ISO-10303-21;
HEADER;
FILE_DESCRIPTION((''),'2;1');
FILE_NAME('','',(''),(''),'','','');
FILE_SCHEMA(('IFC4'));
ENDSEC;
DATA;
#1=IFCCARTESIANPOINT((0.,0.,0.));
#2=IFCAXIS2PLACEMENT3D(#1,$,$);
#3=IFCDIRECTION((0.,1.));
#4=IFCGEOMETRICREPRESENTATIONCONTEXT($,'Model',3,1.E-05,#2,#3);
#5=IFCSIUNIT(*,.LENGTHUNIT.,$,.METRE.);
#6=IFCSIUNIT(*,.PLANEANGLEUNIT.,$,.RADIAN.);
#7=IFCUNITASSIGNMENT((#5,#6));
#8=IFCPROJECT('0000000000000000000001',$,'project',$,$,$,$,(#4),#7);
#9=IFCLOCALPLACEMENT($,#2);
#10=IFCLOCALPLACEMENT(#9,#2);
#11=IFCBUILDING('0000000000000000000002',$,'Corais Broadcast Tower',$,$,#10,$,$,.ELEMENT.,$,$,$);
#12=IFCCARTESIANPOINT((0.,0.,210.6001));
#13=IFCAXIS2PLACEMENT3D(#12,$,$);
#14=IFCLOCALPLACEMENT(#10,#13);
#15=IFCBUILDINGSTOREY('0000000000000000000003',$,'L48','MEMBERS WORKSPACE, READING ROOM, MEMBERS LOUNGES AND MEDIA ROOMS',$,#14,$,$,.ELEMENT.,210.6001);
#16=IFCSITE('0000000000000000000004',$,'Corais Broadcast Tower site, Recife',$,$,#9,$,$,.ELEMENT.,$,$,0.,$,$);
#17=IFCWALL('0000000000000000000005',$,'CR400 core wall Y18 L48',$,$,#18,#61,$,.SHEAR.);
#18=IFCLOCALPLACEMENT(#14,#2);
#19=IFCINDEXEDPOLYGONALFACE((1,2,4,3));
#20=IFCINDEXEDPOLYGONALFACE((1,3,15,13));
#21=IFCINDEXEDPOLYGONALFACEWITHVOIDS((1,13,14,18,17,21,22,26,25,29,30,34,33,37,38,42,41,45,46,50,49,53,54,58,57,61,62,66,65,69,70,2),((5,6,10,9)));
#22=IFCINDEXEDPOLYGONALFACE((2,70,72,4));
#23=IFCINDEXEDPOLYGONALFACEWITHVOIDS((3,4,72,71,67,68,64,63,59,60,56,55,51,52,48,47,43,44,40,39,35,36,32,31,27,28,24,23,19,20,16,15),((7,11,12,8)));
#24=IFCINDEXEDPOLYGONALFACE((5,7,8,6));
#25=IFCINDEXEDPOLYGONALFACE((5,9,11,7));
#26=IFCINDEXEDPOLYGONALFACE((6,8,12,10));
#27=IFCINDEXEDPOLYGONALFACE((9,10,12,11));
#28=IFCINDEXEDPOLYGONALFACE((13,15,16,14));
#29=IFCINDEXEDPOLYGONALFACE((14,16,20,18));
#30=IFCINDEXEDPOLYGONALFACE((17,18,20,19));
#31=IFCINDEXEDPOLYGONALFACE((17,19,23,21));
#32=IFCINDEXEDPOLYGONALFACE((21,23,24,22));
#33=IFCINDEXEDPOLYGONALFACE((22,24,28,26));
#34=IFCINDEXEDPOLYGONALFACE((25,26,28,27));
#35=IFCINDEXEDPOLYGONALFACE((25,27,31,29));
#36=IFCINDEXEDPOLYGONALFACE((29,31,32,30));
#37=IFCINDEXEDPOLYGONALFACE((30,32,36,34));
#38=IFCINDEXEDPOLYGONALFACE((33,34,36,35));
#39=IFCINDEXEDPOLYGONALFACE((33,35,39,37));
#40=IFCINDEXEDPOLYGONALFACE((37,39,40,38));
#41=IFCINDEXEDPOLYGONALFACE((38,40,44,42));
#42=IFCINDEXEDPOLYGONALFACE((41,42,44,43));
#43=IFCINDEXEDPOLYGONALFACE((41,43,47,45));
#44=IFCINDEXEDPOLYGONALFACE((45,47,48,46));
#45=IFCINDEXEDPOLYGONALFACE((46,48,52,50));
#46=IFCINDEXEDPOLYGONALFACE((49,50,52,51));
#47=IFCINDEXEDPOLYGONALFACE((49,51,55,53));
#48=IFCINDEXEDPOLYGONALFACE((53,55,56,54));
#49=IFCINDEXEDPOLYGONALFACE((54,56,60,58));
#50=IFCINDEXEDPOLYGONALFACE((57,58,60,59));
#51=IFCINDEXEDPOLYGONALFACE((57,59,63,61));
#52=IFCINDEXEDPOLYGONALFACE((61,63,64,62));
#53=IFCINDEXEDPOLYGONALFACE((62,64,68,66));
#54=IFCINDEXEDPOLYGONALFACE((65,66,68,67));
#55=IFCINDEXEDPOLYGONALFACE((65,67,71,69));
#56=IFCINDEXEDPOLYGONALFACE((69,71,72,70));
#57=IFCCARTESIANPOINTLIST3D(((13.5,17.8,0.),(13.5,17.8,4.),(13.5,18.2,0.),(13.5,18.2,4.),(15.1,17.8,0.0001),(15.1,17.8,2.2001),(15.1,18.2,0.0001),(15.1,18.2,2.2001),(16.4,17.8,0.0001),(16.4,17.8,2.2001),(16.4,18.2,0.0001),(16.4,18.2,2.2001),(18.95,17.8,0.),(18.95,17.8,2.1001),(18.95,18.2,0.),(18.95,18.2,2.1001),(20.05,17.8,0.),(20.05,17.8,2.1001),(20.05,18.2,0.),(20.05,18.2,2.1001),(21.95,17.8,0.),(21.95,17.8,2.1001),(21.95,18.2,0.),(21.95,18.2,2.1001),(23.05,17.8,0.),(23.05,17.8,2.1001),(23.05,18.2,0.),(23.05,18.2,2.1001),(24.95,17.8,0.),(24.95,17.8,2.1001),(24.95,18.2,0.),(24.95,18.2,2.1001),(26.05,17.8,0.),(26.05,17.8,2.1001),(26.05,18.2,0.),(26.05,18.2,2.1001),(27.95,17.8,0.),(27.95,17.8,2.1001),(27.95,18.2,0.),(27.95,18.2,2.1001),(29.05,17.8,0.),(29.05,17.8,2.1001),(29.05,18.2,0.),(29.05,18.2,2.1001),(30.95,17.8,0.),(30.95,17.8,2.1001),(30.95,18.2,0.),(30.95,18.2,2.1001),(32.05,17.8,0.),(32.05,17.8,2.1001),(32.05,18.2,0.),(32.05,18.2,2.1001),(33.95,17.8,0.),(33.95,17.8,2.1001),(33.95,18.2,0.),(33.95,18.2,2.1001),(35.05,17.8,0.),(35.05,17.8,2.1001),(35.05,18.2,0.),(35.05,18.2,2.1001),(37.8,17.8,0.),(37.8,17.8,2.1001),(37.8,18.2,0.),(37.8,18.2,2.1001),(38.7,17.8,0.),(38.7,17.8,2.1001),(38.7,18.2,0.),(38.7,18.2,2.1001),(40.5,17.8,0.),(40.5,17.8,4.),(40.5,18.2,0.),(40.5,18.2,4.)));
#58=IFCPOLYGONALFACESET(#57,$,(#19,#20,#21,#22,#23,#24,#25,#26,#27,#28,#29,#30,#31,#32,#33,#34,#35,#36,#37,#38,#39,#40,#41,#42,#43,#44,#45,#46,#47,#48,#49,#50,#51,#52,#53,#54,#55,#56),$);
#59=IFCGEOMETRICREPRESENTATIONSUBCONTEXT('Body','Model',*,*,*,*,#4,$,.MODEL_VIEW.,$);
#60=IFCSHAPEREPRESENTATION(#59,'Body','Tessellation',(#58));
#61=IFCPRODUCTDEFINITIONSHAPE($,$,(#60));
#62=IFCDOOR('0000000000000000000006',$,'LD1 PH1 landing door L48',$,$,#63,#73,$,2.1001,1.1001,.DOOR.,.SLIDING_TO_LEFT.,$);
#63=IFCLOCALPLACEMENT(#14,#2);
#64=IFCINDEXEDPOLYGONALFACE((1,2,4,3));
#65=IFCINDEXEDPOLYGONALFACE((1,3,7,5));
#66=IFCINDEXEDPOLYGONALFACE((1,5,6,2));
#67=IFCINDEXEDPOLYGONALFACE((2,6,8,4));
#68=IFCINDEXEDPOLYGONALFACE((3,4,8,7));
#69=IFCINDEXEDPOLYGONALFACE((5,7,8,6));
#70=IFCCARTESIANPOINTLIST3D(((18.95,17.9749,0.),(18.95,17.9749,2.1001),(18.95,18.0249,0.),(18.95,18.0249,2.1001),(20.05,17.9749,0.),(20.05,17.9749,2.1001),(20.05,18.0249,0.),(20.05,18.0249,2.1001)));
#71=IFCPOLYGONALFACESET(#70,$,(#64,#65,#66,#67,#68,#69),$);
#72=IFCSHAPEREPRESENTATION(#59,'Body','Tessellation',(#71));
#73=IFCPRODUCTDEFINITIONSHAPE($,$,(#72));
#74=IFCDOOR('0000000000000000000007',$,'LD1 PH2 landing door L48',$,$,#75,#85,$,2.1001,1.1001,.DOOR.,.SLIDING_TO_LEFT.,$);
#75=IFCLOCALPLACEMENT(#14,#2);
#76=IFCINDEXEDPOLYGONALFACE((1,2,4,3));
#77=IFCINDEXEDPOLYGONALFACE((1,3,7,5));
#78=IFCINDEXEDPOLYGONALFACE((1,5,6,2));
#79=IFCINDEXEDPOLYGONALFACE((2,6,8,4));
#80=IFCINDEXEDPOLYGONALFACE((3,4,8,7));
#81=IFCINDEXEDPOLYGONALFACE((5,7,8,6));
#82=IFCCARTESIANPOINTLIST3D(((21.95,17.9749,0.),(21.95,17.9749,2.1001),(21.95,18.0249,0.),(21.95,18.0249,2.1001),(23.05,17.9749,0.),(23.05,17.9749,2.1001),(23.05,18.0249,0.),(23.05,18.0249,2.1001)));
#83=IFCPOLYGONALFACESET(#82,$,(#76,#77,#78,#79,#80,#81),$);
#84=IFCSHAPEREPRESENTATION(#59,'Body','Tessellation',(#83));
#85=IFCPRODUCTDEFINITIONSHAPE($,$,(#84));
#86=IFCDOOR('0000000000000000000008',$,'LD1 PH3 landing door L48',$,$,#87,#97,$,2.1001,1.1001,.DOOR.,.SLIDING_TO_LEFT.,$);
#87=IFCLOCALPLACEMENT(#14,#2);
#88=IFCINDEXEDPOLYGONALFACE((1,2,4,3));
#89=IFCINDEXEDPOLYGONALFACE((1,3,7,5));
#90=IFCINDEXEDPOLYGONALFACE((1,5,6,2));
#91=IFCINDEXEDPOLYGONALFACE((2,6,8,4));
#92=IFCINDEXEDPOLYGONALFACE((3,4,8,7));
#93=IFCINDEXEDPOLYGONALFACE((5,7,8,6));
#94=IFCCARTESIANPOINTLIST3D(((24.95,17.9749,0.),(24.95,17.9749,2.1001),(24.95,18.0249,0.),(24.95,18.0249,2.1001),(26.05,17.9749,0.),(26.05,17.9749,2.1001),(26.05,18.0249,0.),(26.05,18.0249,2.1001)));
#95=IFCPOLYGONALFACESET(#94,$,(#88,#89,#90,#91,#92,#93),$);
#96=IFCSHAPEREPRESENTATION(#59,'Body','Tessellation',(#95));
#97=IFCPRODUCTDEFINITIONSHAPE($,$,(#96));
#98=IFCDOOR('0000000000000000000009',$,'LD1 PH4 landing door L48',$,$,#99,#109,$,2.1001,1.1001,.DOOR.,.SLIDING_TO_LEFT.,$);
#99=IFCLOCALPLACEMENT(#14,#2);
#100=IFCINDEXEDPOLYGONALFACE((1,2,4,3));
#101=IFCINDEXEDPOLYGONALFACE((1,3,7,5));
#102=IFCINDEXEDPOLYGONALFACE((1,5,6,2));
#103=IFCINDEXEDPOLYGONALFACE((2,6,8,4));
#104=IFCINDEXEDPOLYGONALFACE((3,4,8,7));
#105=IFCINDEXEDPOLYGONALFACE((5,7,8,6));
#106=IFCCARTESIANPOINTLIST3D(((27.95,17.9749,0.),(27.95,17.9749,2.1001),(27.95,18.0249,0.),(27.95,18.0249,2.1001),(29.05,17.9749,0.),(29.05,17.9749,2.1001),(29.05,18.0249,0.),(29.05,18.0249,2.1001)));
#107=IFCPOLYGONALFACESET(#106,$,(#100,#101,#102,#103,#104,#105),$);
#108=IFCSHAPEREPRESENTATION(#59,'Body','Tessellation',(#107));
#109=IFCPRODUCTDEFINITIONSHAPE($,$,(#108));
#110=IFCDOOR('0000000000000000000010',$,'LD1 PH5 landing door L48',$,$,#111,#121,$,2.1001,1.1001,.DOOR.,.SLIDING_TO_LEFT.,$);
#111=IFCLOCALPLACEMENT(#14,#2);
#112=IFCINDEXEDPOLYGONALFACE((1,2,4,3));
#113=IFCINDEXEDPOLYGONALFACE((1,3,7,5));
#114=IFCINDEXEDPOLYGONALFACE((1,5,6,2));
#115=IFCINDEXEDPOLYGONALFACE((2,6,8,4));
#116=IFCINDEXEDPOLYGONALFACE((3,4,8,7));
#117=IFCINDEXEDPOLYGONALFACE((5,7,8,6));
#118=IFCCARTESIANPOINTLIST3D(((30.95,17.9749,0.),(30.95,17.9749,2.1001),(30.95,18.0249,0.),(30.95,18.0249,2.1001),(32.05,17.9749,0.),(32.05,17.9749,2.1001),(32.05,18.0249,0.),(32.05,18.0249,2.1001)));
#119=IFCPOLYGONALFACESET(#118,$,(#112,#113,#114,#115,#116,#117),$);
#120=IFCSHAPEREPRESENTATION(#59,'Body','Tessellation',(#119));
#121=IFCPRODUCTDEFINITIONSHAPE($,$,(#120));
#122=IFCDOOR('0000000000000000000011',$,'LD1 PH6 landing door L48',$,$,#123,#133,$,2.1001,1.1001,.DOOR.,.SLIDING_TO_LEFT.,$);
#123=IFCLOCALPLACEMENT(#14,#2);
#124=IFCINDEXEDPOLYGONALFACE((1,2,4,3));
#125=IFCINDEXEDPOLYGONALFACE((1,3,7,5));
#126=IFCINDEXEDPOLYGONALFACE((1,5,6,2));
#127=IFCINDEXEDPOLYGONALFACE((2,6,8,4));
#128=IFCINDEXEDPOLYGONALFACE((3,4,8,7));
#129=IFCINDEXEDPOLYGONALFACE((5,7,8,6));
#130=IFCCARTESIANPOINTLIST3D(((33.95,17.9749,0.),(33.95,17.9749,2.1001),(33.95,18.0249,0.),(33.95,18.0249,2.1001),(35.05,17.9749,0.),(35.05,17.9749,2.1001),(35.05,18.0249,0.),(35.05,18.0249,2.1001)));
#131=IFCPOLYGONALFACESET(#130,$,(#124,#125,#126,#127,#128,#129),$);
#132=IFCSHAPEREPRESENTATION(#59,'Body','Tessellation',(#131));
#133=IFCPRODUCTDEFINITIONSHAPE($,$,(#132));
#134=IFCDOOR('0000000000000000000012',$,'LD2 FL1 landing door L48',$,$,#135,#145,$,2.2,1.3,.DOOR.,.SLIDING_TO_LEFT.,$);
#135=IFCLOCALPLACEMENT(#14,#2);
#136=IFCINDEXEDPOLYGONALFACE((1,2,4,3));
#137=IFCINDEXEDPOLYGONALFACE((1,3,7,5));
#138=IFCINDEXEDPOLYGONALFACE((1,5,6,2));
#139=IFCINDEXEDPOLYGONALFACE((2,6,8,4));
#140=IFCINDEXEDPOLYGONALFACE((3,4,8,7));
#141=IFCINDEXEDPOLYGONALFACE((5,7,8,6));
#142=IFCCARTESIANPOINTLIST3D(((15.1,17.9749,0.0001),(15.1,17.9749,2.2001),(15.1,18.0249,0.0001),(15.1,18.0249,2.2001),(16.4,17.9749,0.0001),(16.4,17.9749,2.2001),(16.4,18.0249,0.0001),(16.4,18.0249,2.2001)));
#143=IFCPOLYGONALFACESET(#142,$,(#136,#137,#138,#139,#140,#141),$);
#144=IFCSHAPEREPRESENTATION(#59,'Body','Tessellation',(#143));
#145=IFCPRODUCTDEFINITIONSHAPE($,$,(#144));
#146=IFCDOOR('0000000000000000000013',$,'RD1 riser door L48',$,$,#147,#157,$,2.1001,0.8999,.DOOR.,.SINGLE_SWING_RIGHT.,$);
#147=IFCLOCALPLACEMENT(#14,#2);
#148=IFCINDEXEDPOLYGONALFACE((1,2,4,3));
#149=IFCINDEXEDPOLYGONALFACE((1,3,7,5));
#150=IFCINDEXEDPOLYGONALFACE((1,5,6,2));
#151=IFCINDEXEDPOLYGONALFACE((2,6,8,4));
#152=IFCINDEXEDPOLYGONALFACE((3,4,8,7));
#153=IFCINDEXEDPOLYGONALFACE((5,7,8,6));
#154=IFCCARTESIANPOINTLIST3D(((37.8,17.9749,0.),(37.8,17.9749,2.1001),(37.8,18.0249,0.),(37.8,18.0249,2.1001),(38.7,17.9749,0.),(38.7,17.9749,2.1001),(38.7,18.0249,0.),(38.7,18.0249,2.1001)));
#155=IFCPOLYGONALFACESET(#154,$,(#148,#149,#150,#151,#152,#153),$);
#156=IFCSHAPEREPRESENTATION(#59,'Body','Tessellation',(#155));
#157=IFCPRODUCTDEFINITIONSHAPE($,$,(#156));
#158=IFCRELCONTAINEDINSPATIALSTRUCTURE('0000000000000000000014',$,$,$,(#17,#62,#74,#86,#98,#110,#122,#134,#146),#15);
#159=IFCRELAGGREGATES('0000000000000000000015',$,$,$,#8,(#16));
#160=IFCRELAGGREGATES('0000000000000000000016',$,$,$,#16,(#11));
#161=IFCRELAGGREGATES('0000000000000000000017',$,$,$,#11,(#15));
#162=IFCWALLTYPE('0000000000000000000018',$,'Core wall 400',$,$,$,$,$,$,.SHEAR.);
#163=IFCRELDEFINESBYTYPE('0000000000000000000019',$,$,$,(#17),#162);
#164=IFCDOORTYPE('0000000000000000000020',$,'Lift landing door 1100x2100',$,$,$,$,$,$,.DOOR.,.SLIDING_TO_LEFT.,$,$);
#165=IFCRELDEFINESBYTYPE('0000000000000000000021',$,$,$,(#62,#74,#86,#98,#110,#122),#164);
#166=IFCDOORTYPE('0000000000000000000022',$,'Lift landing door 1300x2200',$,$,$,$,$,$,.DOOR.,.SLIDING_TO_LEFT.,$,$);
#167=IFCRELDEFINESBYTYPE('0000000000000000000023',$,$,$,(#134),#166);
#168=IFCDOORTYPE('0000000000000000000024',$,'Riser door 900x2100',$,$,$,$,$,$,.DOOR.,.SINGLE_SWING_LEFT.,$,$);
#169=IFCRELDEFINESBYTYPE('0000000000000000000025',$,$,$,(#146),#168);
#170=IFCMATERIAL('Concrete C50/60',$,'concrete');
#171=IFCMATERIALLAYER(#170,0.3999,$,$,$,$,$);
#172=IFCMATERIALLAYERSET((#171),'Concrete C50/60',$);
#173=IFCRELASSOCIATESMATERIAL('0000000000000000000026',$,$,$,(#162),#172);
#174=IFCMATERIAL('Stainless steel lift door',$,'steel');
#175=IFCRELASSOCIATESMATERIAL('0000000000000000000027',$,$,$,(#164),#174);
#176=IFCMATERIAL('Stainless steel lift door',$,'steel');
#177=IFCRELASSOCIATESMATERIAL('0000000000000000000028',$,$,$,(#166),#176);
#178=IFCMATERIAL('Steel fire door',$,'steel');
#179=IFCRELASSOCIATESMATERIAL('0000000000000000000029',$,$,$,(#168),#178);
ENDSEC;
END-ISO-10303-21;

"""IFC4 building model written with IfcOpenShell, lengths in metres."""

from ifc_helpers import new_model, si_unit, direction, frame, frame_2d, origin, place, context, subcontext, project, spatial, rectangle, extrude, material, layer, layer_set, type_object, element, fill, save


model = new_model("IFC4")

# Units and contexts
model_context = context("Model", 3, precision=1e-05, world=origin(), true_north=direction((0.0, 1.0)))
body_context = subcontext(model_context, "Body", "Model", "MODEL_VIEW")
ifc_project = project(units=[si_unit("LENGTHUNIT", "METRE"), si_unit("PLANEANGLEUNIT", "RADIAN")], contexts=[model_context])

# Site, building, storey
site_placement = place(None, origin())
site = spatial("IfcSite", under=ifc_project, at=site_placement, Name="Corais Broadcast Tower site, Recife", CompositionType="ELEMENT", RefElevation=0.0)
building_placement = place(site_placement, origin())
building = spatial("IfcBuilding", under=site, at=building_placement, Name="Corais Broadcast Tower", CompositionType="ELEMENT")
storey_placement = place(building_placement, frame((0.0, 0.0, 210.6001)))
storey = spatial("IfcBuildingStorey", under=building, at=storey_placement, Name="L48", Description="MEMBERS WORKSPACE, READING ROOM, MEMBERS LOUNGES AND MEDIA ROOMS", CompositionType="ELEMENT", Elevation=210.6001)

# Shared definitions
ifc_material_1 = material(Name="Concrete C50/60", Category="concrete")
ifc_layer_1 = layer(ifc_material_1, 0.3999)
ifc_layer_set_1 = layer_set([ifc_layer_1], Name="Concrete C50/60")
wall_type_1 = type_object("IfcWallType", Name="Core wall 400", PredefinedType="SHEAR", material=ifc_layer_set_1)

# Wall, openings, doors
wall_1_placement = place(storey_placement, frame((13.5, 18.0, 0.0), z_axis=(0.0, 0.0, 1.0), x_axis=(1.0, 0.0, 0.0)))
wall_1 = element("IfcWall", 1, at=wall_1_placement, inside=storey, type_object=wall_type_1, Name="CR400 core wall Y18 L48", PredefinedType="SHEAR", context=body_context, shape_type="SweptSolid", body=[
    extrude(rectangle(XDim=27.0, YDim=0.3999, at=frame_2d((13.5, 0.0))), origin(), (0.0, 0.0, 1.0), 4.0),
])
opening_1_placement = place(wall_1_placement, frame((24.3, 0.0, 0.0)))
opening_1 = element("IfcOpeningElement", 2, at=opening_1_placement, cuts=wall_1, PredefinedType="OPENING", context=body_context, shape_type="SweptSolid", body=[
    extrude(rectangle(XDim=0.8999, YDim=2.1001, at=frame_2d((0.45, 1.05))), frame((0.0, 0.21, 0.0), z_axis=(0.0, -1.0, 0.0), x_axis=(1.0, 0.0, 0.0)), (0.0, 0.0, 1.0), 0.4199),
])
opening_2_placement = place(wall_1_placement, frame((5.45, 0.0, 0.0)))
opening_2 = element("IfcOpeningElement", 3, at=opening_2_placement, cuts=wall_1, PredefinedType="OPENING", context=body_context, shape_type="SweptSolid", body=[
    extrude(rectangle(XDim=1.1001, YDim=2.1001, at=frame_2d((0.55, 1.05))), frame((0.0, 0.21, 0.0), z_axis=(0.0, -1.0, 0.0), x_axis=(1.0, 0.0, 0.0)), (0.0, 0.0, 1.0), 0.4199),
])
opening_3_placement = place(wall_1_placement, frame((8.45, 0.0, 0.0)))
opening_3 = element("IfcOpeningElement", 4, at=opening_3_placement, cuts=wall_1, PredefinedType="OPENING", context=body_context, shape_type="SweptSolid", body=[
    extrude(rectangle(XDim=1.1001, YDim=2.1001, at=frame_2d((0.55, 1.05))), frame((0.0, 0.21, 0.0), z_axis=(0.0, -1.0, 0.0), x_axis=(1.0, 0.0, 0.0)), (0.0, 0.0, 1.0), 0.4199),
])
opening_4_placement = place(wall_1_placement, frame((11.45, 0.0, 0.0)))
opening_4 = element("IfcOpeningElement", 5, at=opening_4_placement, cuts=wall_1, PredefinedType="OPENING", context=body_context, shape_type="SweptSolid", body=[
    extrude(rectangle(XDim=1.1001, YDim=2.1001, at=frame_2d((0.55, 1.05))), frame((0.0, 0.21, 0.0), z_axis=(0.0, -1.0, 0.0), x_axis=(1.0, 0.0, 0.0)), (0.0, 0.0, 1.0), 0.4199),
])
opening_5_placement = place(wall_1_placement, frame((14.45, 0.0, 0.0)))
opening_5 = element("IfcOpeningElement", 6, at=opening_5_placement, cuts=wall_1, PredefinedType="OPENING", context=body_context, shape_type="SweptSolid", body=[
    extrude(rectangle(XDim=1.1001, YDim=2.1001, at=frame_2d((0.55, 1.05))), frame((0.0, 0.21, 0.0), z_axis=(0.0, -1.0, 0.0), x_axis=(1.0, 0.0, 0.0)), (0.0, 0.0, 1.0), 0.4199),
])
opening_6_placement = place(wall_1_placement, frame((17.45, 0.0, 0.0)))
opening_6 = element("IfcOpeningElement", 7, at=opening_6_placement, cuts=wall_1, PredefinedType="OPENING", context=body_context, shape_type="SweptSolid", body=[
    extrude(rectangle(XDim=1.1001, YDim=2.1001, at=frame_2d((0.55, 1.05))), frame((0.0, 0.21, 0.0), z_axis=(0.0, -1.0, 0.0), x_axis=(1.0, 0.0, 0.0)), (0.0, 0.0, 1.0), 0.4199),
])
opening_7_placement = place(wall_1_placement, frame((20.45, 0.0, 0.0)))
opening_7 = element("IfcOpeningElement", 8, at=opening_7_placement, cuts=wall_1, PredefinedType="OPENING", context=body_context, shape_type="SweptSolid", body=[
    extrude(rectangle(XDim=1.1001, YDim=2.1001, at=frame_2d((0.55, 1.05))), frame((0.0, 0.21, 0.0), z_axis=(0.0, -1.0, 0.0), x_axis=(1.0, 0.0, 0.0)), (0.0, 0.0, 1.0), 0.4199),
])
opening_8_placement = place(wall_1_placement, frame((1.6001, 0.0, 0.0)))
opening_8 = element("IfcOpeningElement", 9, at=opening_8_placement, cuts=wall_1, PredefinedType="OPENING", context=body_context, shape_type="SweptSolid", body=[
    extrude(rectangle(XDim=1.3, YDim=2.2, at=frame_2d((0.6499, 1.1001))), frame((0.0, 0.21, 0.0), z_axis=(0.0, -1.0, 0.0), x_axis=(1.0, 0.0, 0.0)), (0.0, 0.0, 1.0), 0.4199),
])
ifc_material_2 = material(Name="Stainless steel lift door", Category="steel")
door_type_1 = type_object("IfcDoorType", Name="Lift landing door 1100x2100", OperationType="SLIDING_TO_LEFT", PredefinedType="DOOR", material=ifc_material_2)
door_1_placement = place(opening_2_placement, origin())
door_1 = element("IfcDoor", 10, at=door_1_placement, inside=storey, type_object=door_type_1, Name="LD1 PH1 landing door L48", OperationType="SLIDING_TO_LEFT", OverallHeight=2.1001, OverallWidth=1.1001, PredefinedType="DOOR", context=body_context, shape_type="SweptSolid", body=[
    extrude(rectangle(XDim=1.1001, YDim=2.1001, at=frame_2d((0.55, 1.05))), frame((0.0, 0.0249, 0.0), z_axis=(0.0, -1.0, 0.0), x_axis=(1.0, 0.0, 0.0)), (0.0, 0.0, 1.0), 0.05),
])
fill(opening_2, door_1)
door_2_placement = place(opening_3_placement, origin())
door_2 = element("IfcDoor", 11, at=door_2_placement, inside=storey, type_object=door_type_1, Name="LD1 PH2 landing door L48", OperationType="SLIDING_TO_LEFT", OverallHeight=2.1001, OverallWidth=1.1001, PredefinedType="DOOR", context=body_context, shape_type="SweptSolid", body=[
    extrude(rectangle(XDim=1.1001, YDim=2.1001, at=frame_2d((0.55, 1.05))), frame((0.0, 0.0249, 0.0), z_axis=(0.0, -1.0, 0.0), x_axis=(1.0, 0.0, 0.0)), (0.0, 0.0, 1.0), 0.05),
])
fill(opening_3, door_2)
door_3_placement = place(opening_4_placement, origin())
door_3 = element("IfcDoor", 12, at=door_3_placement, inside=storey, type_object=door_type_1, Name="LD1 PH3 landing door L48", OperationType="SLIDING_TO_LEFT", OverallHeight=2.1001, OverallWidth=1.1001, PredefinedType="DOOR", context=body_context, shape_type="SweptSolid", body=[
    extrude(rectangle(XDim=1.1001, YDim=2.1001, at=frame_2d((0.55, 1.05))), frame((0.0, 0.0249, 0.0), z_axis=(0.0, -1.0, 0.0), x_axis=(1.0, 0.0, 0.0)), (0.0, 0.0, 1.0), 0.05),
])
fill(opening_4, door_3)
door_4_placement = place(opening_5_placement, origin())
door_4 = element("IfcDoor", 13, at=door_4_placement, inside=storey, type_object=door_type_1, Name="LD1 PH4 landing door L48", OperationType="SLIDING_TO_LEFT", OverallHeight=2.1001, OverallWidth=1.1001, PredefinedType="DOOR", context=body_context, shape_type="SweptSolid", body=[
    extrude(rectangle(XDim=1.1001, YDim=2.1001, at=frame_2d((0.55, 1.05))), frame((0.0, 0.0249, 0.0), z_axis=(0.0, -1.0, 0.0), x_axis=(1.0, 0.0, 0.0)), (0.0, 0.0, 1.0), 0.05),
])
fill(opening_5, door_4)
door_5_placement = place(opening_6_placement, origin())
door_5 = element("IfcDoor", 14, at=door_5_placement, inside=storey, type_object=door_type_1, Name="LD1 PH5 landing door L48", OperationType="SLIDING_TO_LEFT", OverallHeight=2.1001, OverallWidth=1.1001, PredefinedType="DOOR", context=body_context, shape_type="SweptSolid", body=[
    extrude(rectangle(XDim=1.1001, YDim=2.1001, at=frame_2d((0.55, 1.05))), frame((0.0, 0.0249, 0.0), z_axis=(0.0, -1.0, 0.0), x_axis=(1.0, 0.0, 0.0)), (0.0, 0.0, 1.0), 0.05),
])
fill(opening_6, door_5)
door_6_placement = place(opening_7_placement, origin())
door_6 = element("IfcDoor", 15, at=door_6_placement, inside=storey, type_object=door_type_1, Name="LD1 PH6 landing door L48", OperationType="SLIDING_TO_LEFT", OverallHeight=2.1001, OverallWidth=1.1001, PredefinedType="DOOR", context=body_context, shape_type="SweptSolid", body=[
    extrude(rectangle(XDim=1.1001, YDim=2.1001, at=frame_2d((0.55, 1.05))), frame((0.0, 0.0249, 0.0), z_axis=(0.0, -1.0, 0.0), x_axis=(1.0, 0.0, 0.0)), (0.0, 0.0, 1.0), 0.05),
])
fill(opening_7, door_6)
ifc_material_3 = material(Name="Stainless steel lift door", Category="steel")
door_type_2 = type_object("IfcDoorType", Name="Lift landing door 1300x2200", OperationType="SLIDING_TO_LEFT", PredefinedType="DOOR", material=ifc_material_3)
door_7_placement = place(opening_8_placement, origin())
door_7 = element("IfcDoor", 16, at=door_7_placement, inside=storey, type_object=door_type_2, Name="LD2 FL1 landing door L48", OperationType="SLIDING_TO_LEFT", OverallHeight=2.2, OverallWidth=1.3, PredefinedType="DOOR", context=body_context, shape_type="SweptSolid", body=[
    extrude(rectangle(XDim=1.3, YDim=2.2, at=frame_2d((0.6499, 1.1001))), frame((0.0, 0.0249, 0.0), z_axis=(0.0, -1.0, 0.0), x_axis=(1.0, 0.0, 0.0)), (0.0, 0.0, 1.0), 0.05),
])
fill(opening_8, door_7)
ifc_material_4 = material(Name="Steel fire door", Category="steel")
door_type_3 = type_object("IfcDoorType", Name="Riser door 900x2100", OperationType="SINGLE_SWING_LEFT", PredefinedType="DOOR", material=ifc_material_4)
door_8_placement = place(opening_1_placement, origin())
door_8 = element("IfcDoor", 17, at=door_8_placement, inside=storey, type_object=door_type_3, Name="RD1 riser door L48", OperationType="SINGLE_SWING_RIGHT", OverallHeight=2.1001, OverallWidth=0.8999, PredefinedType="DOOR", context=body_context, shape_type="SweptSolid", body=[
    extrude(rectangle(XDim=0.8999, YDim=2.1001, at=frame_2d((0.45, 1.05))), frame((0.0, 0.0249, 0.0), z_axis=(0.0, -1.0, 0.0), x_axis=(1.0, 0.0, 0.0)), (0.0, 0.0, 1.0), 0.05),
])
fill(opening_1, door_8)

save(model, "model.ifc")
